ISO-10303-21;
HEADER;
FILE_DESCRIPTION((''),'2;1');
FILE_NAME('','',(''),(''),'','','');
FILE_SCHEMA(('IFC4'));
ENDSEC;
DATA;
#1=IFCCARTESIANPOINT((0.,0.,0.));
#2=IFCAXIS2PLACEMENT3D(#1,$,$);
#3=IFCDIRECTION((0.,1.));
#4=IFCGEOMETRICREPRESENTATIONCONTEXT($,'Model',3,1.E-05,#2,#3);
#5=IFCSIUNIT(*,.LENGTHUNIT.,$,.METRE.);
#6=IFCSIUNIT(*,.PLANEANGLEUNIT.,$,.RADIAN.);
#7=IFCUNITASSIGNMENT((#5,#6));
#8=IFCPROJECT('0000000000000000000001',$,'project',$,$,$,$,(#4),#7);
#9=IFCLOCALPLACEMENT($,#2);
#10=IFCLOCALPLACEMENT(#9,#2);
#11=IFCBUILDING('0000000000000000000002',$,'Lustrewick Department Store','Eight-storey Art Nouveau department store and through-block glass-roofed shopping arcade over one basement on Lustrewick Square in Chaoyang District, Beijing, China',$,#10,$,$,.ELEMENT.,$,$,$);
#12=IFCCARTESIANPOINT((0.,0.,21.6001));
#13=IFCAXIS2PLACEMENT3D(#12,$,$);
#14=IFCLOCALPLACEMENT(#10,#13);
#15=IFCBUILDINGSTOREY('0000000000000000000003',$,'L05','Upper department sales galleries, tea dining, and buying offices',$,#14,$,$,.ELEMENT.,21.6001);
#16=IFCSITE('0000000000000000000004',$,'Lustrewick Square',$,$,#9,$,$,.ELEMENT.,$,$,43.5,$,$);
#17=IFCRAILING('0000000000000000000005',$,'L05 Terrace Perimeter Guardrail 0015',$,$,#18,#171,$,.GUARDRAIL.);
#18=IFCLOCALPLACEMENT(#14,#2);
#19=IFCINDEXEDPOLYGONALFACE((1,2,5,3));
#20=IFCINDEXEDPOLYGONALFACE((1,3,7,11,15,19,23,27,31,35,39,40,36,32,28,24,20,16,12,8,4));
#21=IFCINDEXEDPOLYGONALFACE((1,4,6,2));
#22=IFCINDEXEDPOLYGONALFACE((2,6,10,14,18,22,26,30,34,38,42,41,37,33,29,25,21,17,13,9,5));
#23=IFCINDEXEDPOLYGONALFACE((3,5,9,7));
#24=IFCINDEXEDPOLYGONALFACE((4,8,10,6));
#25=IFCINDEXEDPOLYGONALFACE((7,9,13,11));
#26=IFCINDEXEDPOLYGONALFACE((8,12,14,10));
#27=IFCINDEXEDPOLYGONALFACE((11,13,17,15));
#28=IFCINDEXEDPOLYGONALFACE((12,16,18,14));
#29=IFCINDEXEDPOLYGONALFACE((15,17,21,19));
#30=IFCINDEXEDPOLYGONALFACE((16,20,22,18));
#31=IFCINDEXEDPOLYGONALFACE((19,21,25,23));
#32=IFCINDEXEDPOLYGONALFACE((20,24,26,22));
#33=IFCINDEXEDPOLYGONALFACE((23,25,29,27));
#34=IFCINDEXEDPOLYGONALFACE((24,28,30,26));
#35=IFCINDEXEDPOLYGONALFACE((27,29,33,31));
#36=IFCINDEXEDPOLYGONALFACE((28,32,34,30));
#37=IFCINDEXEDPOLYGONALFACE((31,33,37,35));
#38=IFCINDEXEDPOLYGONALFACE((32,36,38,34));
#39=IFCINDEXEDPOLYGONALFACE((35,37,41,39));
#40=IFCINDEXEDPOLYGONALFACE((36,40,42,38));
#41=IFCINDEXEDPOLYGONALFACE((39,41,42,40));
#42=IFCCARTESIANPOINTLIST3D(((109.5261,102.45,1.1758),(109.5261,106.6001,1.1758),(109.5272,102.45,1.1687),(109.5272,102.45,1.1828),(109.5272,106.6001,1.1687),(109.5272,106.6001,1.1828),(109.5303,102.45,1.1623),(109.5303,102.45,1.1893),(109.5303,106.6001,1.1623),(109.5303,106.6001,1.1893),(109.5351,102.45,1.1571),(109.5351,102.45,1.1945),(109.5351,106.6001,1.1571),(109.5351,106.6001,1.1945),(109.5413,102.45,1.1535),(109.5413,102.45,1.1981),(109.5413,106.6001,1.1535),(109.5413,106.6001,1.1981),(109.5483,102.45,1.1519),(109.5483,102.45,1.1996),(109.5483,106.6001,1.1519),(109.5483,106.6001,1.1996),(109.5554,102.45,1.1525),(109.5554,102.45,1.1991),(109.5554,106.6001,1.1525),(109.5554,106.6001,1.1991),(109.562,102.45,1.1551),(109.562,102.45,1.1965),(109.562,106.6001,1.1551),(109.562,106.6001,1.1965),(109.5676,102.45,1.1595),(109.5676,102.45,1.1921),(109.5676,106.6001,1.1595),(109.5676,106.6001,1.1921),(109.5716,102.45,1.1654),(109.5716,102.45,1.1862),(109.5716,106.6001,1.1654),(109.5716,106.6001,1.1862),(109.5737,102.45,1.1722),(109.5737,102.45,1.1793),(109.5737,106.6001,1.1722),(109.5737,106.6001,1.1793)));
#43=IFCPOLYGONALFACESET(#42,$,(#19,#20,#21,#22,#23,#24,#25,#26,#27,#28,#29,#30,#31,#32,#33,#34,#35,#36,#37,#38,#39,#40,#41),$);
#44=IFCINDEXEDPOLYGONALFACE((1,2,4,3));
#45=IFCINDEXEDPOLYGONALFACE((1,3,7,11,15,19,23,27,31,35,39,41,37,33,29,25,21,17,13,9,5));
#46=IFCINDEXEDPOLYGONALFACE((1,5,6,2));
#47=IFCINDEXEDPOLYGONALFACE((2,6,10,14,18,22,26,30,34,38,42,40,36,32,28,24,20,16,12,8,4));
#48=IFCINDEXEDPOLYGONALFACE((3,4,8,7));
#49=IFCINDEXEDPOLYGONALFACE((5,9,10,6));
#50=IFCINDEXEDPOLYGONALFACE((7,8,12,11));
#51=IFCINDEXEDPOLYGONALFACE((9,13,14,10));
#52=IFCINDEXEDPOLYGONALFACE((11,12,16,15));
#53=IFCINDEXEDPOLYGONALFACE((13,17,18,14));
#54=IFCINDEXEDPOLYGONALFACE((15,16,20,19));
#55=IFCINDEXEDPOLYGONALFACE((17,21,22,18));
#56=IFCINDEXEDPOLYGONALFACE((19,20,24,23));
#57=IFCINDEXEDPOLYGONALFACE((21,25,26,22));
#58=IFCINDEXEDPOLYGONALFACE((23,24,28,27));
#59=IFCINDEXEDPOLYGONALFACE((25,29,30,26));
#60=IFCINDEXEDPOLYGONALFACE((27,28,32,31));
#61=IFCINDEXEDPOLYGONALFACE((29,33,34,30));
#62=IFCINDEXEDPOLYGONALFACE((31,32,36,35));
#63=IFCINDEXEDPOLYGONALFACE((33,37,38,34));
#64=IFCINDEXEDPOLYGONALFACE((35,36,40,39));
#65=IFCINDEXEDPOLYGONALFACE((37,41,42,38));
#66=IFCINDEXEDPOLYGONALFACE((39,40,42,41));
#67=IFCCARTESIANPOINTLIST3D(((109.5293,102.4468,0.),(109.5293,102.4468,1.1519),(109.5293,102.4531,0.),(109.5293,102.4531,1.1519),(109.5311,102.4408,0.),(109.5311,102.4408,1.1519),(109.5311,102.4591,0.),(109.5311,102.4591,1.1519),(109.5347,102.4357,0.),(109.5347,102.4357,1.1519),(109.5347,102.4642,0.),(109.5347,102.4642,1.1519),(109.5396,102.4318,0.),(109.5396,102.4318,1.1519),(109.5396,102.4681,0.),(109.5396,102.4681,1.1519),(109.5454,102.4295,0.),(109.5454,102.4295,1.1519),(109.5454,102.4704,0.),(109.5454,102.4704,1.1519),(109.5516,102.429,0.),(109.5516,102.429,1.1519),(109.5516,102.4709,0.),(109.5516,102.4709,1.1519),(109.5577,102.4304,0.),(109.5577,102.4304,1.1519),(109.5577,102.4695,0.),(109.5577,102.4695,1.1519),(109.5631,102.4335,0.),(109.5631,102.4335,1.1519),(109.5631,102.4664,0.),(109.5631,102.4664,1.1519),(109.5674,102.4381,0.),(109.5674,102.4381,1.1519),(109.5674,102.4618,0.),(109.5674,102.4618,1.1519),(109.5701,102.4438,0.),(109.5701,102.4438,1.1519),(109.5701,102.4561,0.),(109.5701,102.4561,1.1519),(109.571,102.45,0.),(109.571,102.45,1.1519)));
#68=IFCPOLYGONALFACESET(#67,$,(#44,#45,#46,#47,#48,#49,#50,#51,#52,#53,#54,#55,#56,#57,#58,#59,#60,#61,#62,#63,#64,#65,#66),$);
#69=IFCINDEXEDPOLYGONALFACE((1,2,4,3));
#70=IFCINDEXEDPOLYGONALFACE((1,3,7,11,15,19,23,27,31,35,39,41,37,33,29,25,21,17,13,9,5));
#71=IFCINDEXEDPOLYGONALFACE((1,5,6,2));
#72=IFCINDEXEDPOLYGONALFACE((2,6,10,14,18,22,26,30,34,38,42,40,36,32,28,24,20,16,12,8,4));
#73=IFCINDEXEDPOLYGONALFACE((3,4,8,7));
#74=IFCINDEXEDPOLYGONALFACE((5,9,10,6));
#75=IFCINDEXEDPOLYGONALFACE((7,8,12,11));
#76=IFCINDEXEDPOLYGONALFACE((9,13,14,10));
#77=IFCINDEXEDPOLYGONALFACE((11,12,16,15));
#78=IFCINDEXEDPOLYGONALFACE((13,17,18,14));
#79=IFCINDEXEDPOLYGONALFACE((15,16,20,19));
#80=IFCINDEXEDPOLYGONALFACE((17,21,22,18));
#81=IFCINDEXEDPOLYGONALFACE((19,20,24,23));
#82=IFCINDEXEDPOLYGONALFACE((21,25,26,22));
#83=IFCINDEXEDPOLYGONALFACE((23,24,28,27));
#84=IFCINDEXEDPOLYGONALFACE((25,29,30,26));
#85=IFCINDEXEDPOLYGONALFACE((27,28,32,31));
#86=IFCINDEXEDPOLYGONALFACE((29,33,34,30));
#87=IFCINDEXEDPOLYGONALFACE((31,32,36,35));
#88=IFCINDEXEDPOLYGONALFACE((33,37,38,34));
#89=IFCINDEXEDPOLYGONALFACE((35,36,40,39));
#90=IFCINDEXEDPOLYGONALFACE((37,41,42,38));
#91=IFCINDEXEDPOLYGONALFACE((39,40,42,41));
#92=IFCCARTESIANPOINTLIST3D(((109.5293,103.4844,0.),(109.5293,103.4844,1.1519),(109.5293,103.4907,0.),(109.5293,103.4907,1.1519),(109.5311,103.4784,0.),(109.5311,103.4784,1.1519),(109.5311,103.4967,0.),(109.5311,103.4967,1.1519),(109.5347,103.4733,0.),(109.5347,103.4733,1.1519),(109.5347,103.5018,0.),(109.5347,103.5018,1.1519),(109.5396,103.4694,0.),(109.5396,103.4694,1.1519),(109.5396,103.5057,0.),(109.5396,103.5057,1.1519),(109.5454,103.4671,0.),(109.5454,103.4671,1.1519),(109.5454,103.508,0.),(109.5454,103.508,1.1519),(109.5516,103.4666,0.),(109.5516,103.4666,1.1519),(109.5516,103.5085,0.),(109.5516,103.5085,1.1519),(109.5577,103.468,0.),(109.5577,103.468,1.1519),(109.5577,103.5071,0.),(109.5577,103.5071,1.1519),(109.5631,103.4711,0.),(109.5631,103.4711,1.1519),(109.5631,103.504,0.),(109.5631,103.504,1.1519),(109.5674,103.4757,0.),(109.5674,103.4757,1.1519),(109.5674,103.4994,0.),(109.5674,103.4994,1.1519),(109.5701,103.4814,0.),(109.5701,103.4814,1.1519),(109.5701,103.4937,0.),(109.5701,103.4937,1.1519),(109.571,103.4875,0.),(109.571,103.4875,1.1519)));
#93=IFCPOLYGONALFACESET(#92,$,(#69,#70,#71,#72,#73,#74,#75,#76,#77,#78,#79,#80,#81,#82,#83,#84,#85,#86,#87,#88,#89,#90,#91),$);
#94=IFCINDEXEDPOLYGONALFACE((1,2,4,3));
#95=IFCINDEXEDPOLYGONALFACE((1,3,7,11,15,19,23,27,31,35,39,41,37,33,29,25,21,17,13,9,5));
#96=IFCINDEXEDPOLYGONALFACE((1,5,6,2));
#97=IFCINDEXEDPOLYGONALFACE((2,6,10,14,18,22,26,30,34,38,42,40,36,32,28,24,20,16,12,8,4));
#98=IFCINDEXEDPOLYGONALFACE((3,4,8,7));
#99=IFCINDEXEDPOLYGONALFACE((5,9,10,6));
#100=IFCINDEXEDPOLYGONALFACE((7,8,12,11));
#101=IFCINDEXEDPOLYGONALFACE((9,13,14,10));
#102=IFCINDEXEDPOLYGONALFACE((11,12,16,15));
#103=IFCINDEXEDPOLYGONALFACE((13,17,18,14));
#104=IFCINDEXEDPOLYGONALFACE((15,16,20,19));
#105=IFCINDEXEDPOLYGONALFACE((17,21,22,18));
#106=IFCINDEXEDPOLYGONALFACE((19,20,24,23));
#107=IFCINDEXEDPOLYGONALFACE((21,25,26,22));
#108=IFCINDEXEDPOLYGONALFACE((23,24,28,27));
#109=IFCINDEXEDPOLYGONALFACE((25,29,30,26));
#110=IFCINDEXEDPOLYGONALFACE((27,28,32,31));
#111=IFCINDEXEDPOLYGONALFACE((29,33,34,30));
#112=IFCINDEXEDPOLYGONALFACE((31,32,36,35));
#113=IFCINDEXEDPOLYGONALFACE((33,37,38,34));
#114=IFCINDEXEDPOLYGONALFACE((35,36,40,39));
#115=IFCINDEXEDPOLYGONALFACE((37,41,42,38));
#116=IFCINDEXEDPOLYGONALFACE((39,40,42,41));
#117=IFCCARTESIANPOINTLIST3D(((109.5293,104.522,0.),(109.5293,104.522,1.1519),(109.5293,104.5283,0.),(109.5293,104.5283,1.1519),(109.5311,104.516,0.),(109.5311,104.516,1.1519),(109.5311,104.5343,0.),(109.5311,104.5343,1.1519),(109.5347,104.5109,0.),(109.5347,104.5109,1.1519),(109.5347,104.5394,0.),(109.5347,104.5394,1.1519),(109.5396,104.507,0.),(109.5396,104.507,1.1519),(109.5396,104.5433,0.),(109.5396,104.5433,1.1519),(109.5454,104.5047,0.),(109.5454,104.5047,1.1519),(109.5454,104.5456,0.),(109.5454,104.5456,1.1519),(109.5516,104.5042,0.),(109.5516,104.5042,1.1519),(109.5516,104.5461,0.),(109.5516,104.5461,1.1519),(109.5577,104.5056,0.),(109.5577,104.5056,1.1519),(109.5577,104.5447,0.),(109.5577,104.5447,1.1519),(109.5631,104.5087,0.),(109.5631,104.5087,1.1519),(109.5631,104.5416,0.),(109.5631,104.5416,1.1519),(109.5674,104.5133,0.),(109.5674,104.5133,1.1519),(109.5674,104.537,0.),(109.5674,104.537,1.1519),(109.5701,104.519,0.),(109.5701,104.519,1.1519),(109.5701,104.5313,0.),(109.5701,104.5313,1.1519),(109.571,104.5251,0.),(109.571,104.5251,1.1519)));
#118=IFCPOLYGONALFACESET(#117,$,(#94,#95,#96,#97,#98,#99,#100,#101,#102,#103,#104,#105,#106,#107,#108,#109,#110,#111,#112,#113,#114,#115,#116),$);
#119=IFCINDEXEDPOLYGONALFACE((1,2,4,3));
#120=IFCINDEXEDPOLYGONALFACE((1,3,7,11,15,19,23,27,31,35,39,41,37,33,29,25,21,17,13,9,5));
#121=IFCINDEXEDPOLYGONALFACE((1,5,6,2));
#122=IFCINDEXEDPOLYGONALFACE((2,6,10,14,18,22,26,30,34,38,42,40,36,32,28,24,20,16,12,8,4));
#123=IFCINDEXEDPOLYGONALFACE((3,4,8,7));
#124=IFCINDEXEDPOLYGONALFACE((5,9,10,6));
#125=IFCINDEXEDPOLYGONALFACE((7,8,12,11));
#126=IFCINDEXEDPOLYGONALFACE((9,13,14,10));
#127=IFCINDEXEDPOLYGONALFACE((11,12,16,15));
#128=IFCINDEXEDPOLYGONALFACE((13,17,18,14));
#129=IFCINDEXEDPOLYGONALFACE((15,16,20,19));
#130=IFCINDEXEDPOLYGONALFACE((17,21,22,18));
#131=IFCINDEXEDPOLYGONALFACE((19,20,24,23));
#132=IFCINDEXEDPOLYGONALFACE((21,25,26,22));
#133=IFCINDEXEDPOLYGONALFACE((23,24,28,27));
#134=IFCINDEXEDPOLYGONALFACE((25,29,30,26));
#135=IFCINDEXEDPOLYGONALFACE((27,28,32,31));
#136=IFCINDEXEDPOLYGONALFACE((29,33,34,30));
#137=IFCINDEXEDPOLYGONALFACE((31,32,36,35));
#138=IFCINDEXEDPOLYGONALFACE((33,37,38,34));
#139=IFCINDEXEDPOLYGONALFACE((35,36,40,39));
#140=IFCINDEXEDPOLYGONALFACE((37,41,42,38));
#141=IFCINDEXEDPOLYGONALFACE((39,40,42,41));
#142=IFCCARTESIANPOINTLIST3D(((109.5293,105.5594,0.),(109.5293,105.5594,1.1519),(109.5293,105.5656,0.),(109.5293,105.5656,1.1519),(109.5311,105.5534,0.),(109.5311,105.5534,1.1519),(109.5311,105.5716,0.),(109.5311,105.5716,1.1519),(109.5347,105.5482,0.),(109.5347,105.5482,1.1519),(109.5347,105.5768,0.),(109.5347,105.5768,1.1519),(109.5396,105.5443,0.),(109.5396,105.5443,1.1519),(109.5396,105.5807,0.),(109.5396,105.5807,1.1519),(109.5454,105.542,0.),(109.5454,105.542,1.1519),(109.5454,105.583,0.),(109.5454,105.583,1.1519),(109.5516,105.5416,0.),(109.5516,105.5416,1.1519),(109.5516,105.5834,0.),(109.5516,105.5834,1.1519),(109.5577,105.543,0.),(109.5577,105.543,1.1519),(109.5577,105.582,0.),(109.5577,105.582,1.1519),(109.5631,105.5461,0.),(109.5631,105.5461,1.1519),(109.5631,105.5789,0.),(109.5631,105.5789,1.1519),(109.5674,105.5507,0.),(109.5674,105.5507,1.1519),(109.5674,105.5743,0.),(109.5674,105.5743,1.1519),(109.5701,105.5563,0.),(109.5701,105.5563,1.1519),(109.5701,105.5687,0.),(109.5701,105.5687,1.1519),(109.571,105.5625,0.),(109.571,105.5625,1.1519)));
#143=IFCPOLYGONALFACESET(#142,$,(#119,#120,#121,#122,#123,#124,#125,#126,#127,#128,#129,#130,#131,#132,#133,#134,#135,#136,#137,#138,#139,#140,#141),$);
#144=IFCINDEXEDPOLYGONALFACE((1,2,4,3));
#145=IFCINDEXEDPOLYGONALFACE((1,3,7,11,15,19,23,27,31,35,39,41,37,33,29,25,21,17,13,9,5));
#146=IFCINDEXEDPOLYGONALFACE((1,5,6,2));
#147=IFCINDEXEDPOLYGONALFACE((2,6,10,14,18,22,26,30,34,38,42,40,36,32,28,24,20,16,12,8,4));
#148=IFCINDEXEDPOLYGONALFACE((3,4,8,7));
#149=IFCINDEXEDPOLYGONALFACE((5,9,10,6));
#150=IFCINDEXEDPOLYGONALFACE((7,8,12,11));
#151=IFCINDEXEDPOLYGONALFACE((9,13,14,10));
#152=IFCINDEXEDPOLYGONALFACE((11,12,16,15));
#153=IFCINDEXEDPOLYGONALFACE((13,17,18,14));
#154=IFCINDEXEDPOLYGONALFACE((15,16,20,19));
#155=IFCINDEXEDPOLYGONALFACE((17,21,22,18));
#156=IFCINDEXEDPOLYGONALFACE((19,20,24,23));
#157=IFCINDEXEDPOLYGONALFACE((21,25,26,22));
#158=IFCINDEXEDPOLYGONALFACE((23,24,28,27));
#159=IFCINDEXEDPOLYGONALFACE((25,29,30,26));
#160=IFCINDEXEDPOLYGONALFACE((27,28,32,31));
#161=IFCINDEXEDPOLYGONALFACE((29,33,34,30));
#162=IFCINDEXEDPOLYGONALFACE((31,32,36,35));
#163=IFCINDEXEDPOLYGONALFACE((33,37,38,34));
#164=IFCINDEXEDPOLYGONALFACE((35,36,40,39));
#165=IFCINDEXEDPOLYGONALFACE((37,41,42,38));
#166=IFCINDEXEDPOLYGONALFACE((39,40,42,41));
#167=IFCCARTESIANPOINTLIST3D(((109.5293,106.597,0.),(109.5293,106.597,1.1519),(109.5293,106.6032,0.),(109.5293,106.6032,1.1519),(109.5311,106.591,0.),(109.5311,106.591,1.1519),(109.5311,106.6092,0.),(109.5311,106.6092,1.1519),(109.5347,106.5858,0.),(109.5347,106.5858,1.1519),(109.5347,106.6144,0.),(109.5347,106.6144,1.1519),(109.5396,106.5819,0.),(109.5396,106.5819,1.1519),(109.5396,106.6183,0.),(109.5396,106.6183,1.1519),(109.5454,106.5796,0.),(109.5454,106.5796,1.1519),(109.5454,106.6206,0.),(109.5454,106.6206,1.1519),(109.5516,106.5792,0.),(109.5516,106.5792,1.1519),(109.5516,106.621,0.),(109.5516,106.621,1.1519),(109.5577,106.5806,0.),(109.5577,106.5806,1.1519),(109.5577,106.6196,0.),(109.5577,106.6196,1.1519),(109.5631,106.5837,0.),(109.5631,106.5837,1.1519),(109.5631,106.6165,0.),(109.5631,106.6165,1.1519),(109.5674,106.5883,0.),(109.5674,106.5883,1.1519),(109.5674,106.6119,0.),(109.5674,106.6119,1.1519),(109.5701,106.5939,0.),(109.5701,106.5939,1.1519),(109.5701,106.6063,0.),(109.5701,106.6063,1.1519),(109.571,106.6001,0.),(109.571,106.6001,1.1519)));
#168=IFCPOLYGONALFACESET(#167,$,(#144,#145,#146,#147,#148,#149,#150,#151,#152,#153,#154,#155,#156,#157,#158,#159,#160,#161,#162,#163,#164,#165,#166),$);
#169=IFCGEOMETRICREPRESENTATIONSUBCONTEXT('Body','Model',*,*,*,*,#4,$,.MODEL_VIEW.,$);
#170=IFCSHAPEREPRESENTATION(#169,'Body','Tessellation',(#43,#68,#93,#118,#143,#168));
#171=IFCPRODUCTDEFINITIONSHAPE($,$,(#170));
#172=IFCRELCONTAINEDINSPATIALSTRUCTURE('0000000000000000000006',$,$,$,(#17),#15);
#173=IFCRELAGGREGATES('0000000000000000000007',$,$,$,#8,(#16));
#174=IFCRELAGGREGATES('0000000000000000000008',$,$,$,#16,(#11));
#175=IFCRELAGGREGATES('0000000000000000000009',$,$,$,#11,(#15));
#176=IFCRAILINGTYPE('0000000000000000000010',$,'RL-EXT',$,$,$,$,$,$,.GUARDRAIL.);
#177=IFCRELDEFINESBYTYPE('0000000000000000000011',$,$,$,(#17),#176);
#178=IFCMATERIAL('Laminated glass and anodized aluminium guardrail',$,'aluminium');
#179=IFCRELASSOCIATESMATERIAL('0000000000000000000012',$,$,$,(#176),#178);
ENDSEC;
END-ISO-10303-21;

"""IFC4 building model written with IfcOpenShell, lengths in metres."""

from ifc_helpers import new_model, si_unit, direction, frame, origin, origin_2d, place, context, subcontext, project, spatial, circle, extrude, material, type_object, element, save


model = new_model("IFC4")

# Units and contexts
model_context = context("Model", 3, precision=1e-05, world=origin(), true_north=direction((0.0, 1.0)))
body_context = subcontext(model_context, "Body", "Model", "MODEL_VIEW")
ifc_project = project(units=[si_unit("LENGTHUNIT", "METRE"), si_unit("PLANEANGLEUNIT", "RADIAN")], contexts=[model_context])

# Site, building, storey
site_placement = place(None, origin())
site = spatial("IfcSite", under=ifc_project, at=site_placement, Name="Lustrewick Square", CompositionType="ELEMENT", RefElevation=43.5)
building_placement = place(site_placement, origin())
building = spatial("IfcBuilding", under=site, at=building_placement, Name="Lustrewick Department Store", Description="Eight-storey Art Nouveau department store and through-block glass-roofed shopping arcade over one basement on Lustrewick Square in Chaoyang District, Beijing, China", CompositionType="ELEMENT")
storey_placement = place(building_placement, frame((0.0, 0.0, 21.6001)))
storey = spatial("IfcBuildingStorey", under=building, at=storey_placement, Name="L05", Description="Upper department sales galleries, tea dining, and buying offices", CompositionType="ELEMENT", Elevation=21.6001)

# Railing
ifc_material_1 = material(Name="Laminated glass and anodized aluminium guardrail", Category="aluminium")
railing_type = type_object("IfcRailingType", Name="RL-EXT", PredefinedType="GUARDRAIL", material=ifc_material_1)
railing_1_placement = place(storey_placement, frame((109.55, 102.45, 0.0)))
element("IfcRailing", 1, at=railing_1_placement, inside=storey, type_object=railing_type, Name="L05 Terrace Perimeter Guardrail 0015", PredefinedType="GUARDRAIL", context=body_context, shape_type="SweptSolid", body=[
    extrude(circle(Radius=0.0239, at=origin_2d()), frame((0.0, 0.0, 1.1758), z_axis=(0.0, 1.0, 0.0), x_axis=(-1.0, 0.0, 0.0)), (0.0, 0.0, 1.0), 4.1501),
    extrude(circle(Radius=0.021, at=origin_2d()), origin(), (0.0, 0.0, 1.0), 1.1519),
    extrude(circle(Radius=0.021, at=origin_2d()), frame((0.0, 1.0376, 0.0)), (0.0, 0.0, 1.0), 1.1519),
    extrude(circle(Radius=0.021, at=origin_2d()), frame((0.0, 2.0752, 0.0)), (0.0, 0.0, 1.0), 1.1519),
    extrude(circle(Radius=0.021, at=origin_2d()), frame((0.0, 3.1125, 0.0)), (0.0, 0.0, 1.0), 1.1519),
    extrude(circle(Radius=0.021, at=origin_2d()), frame((0.0, 4.1501, 0.0)), (0.0, 0.0, 1.0), 1.1519),
])

save(model, "model.ifc")
